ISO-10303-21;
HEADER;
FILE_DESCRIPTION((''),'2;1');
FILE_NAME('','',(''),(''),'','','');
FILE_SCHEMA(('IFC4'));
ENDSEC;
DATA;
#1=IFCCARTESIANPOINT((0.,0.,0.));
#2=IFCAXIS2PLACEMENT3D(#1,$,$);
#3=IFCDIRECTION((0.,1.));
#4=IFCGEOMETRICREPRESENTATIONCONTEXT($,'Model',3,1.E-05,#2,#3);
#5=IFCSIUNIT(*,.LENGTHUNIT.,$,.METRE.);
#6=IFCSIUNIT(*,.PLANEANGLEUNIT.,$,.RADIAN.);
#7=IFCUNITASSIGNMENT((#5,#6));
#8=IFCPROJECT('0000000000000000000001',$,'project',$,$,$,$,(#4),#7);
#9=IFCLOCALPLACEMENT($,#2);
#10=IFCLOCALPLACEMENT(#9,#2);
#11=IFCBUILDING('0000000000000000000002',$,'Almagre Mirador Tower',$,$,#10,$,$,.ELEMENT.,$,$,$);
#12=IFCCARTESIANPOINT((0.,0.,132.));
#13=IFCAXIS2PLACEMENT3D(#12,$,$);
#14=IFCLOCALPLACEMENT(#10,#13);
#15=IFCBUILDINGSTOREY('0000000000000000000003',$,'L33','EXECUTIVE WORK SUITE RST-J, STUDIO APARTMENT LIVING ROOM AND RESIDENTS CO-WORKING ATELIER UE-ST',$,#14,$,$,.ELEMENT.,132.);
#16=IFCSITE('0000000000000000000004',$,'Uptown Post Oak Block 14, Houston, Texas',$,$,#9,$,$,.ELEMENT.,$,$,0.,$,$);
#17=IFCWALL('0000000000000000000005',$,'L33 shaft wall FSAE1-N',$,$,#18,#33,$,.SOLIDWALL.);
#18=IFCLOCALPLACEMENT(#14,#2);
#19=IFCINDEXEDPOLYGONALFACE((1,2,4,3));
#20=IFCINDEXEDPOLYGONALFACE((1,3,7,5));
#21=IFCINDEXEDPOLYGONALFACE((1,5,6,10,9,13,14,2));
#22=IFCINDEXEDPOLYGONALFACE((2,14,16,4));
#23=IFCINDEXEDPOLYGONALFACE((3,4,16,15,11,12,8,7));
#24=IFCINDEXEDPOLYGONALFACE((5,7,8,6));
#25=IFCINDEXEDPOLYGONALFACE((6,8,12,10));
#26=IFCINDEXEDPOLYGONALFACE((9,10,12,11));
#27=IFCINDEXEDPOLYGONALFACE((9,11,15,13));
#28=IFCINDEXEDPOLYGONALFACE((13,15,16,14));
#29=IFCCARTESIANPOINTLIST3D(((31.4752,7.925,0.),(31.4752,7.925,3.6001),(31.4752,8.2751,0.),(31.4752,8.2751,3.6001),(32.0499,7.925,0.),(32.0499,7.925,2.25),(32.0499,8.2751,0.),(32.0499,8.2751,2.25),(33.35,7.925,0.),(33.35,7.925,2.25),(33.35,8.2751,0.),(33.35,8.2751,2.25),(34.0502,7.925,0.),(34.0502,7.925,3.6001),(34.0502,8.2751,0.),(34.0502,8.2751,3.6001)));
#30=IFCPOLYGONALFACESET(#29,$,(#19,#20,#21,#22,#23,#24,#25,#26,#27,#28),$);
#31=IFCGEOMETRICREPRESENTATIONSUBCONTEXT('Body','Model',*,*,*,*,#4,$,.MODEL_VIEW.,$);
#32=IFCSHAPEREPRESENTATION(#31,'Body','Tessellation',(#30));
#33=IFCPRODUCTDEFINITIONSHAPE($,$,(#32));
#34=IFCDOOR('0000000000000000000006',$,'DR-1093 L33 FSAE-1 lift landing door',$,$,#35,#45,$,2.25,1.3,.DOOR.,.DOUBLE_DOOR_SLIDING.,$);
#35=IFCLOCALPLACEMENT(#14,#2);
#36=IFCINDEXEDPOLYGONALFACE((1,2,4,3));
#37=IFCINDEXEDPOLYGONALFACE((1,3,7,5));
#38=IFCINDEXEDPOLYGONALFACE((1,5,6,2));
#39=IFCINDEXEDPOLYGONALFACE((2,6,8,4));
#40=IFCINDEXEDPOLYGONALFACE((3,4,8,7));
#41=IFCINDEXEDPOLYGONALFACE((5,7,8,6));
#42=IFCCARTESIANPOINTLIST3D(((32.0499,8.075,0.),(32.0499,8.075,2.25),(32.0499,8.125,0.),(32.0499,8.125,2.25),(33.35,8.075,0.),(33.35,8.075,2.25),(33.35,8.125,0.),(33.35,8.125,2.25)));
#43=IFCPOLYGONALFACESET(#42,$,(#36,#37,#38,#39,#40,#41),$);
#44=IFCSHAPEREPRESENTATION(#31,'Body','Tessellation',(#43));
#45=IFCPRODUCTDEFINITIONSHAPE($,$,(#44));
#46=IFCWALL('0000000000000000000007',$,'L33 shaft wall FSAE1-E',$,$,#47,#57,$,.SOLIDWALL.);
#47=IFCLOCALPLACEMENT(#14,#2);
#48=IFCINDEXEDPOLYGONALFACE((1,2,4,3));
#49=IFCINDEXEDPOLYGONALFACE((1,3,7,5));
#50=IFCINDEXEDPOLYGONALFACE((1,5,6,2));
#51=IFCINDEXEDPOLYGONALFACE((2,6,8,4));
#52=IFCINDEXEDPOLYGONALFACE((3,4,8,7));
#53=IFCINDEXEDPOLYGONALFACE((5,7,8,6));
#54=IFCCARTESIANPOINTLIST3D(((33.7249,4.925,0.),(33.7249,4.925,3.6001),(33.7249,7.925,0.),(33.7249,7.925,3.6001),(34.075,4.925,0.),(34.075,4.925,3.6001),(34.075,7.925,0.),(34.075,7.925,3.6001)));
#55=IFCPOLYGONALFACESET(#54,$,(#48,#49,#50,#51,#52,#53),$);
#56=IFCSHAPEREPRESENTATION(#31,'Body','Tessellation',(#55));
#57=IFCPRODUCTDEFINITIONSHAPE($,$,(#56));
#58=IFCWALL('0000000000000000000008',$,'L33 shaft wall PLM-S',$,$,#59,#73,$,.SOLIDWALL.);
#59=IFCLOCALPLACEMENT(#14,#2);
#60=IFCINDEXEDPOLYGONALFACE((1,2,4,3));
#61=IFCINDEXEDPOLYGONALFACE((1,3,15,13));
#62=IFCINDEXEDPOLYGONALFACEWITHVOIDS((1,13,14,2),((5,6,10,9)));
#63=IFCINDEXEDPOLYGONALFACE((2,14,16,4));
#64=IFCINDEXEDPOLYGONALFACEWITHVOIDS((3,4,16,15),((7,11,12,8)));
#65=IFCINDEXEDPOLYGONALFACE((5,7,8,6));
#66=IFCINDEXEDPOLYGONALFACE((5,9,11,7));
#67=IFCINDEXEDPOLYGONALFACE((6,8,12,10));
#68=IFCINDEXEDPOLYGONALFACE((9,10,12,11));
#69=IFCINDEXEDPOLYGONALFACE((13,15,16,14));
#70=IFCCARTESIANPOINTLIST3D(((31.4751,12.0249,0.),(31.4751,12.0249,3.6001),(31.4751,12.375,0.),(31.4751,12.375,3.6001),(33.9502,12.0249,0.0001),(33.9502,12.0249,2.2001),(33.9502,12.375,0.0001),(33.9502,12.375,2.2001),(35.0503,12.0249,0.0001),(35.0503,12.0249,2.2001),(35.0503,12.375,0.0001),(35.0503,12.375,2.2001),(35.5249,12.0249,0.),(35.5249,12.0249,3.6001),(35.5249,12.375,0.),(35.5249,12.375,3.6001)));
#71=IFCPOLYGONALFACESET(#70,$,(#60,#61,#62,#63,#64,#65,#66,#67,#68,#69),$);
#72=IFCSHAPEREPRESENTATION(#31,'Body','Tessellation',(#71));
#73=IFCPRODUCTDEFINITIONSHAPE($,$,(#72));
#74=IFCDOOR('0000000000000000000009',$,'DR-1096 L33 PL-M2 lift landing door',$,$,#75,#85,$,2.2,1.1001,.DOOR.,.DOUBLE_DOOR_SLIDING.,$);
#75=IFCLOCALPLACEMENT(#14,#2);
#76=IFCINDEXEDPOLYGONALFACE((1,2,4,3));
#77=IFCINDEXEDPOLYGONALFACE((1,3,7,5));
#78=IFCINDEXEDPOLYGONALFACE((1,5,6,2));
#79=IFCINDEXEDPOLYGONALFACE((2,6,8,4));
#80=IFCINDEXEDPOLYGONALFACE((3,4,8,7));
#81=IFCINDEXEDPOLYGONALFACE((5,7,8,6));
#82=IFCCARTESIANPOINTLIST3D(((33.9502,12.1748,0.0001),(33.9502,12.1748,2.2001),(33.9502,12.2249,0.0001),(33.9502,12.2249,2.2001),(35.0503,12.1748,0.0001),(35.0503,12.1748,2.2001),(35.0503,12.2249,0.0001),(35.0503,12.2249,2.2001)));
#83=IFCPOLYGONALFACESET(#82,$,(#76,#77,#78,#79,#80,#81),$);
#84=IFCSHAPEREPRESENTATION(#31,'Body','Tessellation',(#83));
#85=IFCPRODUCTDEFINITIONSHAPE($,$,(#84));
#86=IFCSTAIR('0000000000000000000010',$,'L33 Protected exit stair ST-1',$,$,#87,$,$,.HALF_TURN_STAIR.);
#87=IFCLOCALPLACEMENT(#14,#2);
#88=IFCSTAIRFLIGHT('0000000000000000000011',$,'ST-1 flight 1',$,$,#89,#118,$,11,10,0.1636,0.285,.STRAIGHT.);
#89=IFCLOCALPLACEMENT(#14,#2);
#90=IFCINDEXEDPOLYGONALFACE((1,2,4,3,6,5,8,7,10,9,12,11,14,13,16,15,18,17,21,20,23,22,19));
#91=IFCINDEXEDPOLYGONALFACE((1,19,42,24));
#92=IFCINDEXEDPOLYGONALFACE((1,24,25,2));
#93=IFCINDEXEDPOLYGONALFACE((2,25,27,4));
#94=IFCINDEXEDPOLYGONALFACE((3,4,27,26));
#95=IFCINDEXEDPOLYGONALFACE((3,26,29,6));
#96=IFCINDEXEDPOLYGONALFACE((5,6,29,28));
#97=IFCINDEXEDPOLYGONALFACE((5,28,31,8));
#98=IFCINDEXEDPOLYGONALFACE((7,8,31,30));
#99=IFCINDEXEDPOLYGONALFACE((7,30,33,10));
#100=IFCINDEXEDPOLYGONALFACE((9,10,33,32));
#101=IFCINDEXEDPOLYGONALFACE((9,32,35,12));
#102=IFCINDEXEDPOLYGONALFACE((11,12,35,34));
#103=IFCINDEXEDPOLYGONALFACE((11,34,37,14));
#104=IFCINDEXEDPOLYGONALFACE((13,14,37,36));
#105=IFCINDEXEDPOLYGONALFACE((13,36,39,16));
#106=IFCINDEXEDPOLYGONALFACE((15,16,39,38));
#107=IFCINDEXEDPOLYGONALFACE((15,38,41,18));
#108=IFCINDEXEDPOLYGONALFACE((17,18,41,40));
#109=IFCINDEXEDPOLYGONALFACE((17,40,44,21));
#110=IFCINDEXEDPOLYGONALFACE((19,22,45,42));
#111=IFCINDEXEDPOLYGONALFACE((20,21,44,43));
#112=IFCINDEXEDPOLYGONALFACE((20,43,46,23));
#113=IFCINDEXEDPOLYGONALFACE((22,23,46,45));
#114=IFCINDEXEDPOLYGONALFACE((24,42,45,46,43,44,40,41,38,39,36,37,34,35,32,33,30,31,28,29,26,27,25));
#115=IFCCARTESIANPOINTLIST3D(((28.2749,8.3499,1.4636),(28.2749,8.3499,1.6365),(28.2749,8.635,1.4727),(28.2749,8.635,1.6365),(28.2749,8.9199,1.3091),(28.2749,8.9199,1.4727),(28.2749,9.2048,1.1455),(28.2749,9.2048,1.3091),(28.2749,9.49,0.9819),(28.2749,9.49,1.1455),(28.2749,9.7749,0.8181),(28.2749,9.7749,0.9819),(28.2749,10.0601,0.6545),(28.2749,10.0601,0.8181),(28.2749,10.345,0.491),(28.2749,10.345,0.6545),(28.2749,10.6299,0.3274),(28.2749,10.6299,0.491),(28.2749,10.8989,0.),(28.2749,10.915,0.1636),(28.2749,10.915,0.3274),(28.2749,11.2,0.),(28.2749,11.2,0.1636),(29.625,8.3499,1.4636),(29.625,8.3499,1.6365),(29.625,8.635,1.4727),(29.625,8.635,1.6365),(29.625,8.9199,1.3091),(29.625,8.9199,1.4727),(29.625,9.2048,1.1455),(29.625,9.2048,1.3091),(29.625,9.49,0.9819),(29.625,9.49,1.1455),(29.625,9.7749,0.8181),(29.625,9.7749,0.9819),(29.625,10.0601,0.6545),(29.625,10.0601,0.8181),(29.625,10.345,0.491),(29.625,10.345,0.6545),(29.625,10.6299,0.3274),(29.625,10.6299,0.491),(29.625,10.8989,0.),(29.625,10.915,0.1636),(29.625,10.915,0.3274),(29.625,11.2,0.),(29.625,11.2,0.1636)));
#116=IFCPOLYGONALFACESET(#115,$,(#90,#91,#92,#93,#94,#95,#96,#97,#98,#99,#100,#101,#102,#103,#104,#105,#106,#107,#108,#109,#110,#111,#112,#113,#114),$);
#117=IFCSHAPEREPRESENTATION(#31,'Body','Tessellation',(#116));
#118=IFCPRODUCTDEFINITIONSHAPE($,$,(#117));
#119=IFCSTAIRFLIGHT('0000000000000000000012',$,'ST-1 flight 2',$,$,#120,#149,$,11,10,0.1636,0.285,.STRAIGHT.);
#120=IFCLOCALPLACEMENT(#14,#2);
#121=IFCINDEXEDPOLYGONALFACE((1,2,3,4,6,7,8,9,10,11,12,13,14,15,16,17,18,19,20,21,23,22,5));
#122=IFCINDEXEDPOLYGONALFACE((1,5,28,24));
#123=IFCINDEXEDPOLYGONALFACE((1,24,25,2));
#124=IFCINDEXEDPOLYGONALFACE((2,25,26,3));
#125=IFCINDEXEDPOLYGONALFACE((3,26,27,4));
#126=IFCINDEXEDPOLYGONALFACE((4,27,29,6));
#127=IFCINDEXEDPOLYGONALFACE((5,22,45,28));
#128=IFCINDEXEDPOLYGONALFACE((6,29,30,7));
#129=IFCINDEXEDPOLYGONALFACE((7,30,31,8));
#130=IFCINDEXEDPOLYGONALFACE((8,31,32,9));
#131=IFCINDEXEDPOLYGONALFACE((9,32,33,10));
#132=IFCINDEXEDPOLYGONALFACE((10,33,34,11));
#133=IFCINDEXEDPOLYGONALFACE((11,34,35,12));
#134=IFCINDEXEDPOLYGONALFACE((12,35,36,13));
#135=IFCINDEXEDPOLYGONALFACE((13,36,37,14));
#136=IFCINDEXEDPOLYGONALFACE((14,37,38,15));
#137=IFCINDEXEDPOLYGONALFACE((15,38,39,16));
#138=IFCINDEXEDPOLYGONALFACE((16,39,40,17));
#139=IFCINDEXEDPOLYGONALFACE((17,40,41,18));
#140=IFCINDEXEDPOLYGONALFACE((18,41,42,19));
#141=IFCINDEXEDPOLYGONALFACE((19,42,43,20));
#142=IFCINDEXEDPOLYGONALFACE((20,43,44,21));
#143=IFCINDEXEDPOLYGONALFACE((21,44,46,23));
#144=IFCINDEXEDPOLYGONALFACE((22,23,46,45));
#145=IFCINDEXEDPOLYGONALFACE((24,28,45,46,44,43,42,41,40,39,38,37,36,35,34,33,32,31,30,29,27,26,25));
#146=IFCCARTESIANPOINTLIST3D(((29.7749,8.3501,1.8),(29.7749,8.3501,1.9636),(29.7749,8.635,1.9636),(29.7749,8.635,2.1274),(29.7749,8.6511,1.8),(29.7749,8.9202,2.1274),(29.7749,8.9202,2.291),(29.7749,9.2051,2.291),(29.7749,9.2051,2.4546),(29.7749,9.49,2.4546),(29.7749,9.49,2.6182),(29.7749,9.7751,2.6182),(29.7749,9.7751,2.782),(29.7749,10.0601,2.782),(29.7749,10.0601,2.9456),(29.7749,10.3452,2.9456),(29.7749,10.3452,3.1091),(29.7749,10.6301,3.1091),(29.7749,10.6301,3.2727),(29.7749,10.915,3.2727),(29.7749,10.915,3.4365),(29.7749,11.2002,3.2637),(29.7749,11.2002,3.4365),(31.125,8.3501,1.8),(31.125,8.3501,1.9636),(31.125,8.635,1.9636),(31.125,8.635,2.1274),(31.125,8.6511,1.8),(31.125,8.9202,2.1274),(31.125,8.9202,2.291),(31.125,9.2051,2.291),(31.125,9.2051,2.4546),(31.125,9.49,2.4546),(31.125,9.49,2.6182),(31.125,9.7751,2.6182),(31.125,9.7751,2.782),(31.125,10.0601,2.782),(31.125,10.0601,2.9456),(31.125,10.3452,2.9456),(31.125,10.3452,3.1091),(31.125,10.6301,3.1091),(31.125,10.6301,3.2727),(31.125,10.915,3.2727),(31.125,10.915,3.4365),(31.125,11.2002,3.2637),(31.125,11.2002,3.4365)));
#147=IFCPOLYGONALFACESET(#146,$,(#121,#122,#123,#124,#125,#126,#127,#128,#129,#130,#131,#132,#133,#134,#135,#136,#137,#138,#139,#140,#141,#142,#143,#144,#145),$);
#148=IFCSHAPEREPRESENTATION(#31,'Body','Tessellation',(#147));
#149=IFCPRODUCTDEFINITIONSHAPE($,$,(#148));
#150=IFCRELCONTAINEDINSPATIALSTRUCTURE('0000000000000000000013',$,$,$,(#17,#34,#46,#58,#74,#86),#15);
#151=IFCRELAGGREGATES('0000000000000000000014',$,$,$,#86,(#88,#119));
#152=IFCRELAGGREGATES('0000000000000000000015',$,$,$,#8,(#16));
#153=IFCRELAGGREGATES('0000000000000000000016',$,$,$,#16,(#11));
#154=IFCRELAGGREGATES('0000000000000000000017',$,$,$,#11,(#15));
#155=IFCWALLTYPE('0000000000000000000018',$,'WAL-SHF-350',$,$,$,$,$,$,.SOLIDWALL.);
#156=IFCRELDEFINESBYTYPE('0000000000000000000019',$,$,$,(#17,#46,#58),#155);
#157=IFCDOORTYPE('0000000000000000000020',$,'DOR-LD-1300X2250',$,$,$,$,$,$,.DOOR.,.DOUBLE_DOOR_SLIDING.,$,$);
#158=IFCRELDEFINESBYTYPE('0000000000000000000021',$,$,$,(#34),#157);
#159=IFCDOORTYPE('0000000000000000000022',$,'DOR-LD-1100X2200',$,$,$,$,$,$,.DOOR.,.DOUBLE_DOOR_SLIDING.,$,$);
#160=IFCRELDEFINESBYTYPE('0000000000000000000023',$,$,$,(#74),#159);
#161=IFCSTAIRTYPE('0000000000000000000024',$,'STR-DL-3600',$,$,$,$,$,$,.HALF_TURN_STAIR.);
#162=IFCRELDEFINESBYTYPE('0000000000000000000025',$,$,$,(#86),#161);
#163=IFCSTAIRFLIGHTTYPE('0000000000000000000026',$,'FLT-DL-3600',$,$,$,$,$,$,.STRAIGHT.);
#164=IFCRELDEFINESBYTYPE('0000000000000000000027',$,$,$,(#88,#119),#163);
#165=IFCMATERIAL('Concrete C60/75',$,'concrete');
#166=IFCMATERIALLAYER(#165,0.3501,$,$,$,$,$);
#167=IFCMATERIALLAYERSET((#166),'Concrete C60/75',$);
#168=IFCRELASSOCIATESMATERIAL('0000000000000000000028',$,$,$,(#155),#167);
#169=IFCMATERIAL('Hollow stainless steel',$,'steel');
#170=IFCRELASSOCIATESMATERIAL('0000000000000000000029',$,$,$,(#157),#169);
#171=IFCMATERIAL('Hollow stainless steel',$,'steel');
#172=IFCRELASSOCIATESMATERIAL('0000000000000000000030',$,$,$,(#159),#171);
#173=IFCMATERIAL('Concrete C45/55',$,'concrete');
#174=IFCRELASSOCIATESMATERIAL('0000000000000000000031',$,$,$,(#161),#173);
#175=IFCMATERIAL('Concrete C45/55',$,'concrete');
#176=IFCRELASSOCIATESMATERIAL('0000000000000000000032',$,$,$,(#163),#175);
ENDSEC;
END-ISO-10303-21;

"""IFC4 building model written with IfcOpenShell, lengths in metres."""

from ifc_helpers import new_model, si_unit, direction, frame, frame_2d, origin, place, context, subcontext, project, spatial, polyline, rectangle, outline, extrude, material, layer, layer_set, type_object, element, fill, aggregate, save


model = new_model("IFC4")

# Units and contexts
model_context = context("Model", 3, precision=1e-05, world=origin(), true_north=direction((0.0, 1.0)))
body_context = subcontext(model_context, "Body", "Model", "MODEL_VIEW")
ifc_project = project(units=[si_unit("LENGTHUNIT", "METRE"), si_unit("PLANEANGLEUNIT", "RADIAN")], contexts=[model_context])

# Site, building, storey
site_placement = place(None, origin())
site = spatial("IfcSite", under=ifc_project, at=site_placement, Name="Uptown Post Oak Block 14, Houston, Texas", CompositionType="ELEMENT", RefElevation=0.0)
building_placement = place(site_placement, origin())
building = spatial("IfcBuilding", under=site, at=building_placement, Name="Almagre Mirador Tower", CompositionType="ELEMENT")
storey_placement = place(building_placement, frame((0.0, 0.0, 132.0)))
storey = spatial("IfcBuildingStorey", under=building, at=storey_placement, Name="L33", Description="EXECUTIVE WORK SUITE RST-J, STUDIO APARTMENT LIVING ROOM AND RESIDENTS CO-WORKING ATELIER UE-ST", CompositionType="ELEMENT", Elevation=132.0)

# Shared definitions
ifc_material_1 = material(Name="Concrete C60/75", Category="concrete")
ifc_layer_1 = layer(ifc_material_1, 0.3501)
ifc_layer_set_1 = layer_set([ifc_layer_1], Name="Concrete C60/75")
wall_type_1 = type_object("IfcWallType", Name="WAL-SHF-350", PredefinedType="SOLIDWALL", material=ifc_layer_set_1)

# Wall, opening, door
wall_1_placement = place(storey_placement, frame((31.4751, 8.1001, 0.0), z_axis=(0.0, 0.0, 1.0), x_axis=(1.0, 0.0, 0.0)))
wall_1 = element("IfcWall", 1, at=wall_1_placement, inside=storey, type_object=wall_type_1, Name="L33 shaft wall FSAE1-N", PredefinedType="SOLIDWALL", context=body_context, shape_type="SweptSolid", body=[
    extrude(rectangle(XDim=2.575, YDim=0.3501, at=frame_2d((1.2876, 0.0))), origin(), (0.0, 0.0, 1.0), 3.6001),
])
opening_1_placement = place(wall_1_placement, frame((0.575, 0.0, 0.0)))
opening_1 = element("IfcOpeningElement", 2, at=opening_1_placement, cuts=wall_1, PredefinedType="OPENING", context=body_context, shape_type="SweptSolid", body=[
    extrude(rectangle(XDim=1.3, YDim=2.25, at=frame_2d((0.6499, 1.125))), frame((0.0, 0.185, 0.0), z_axis=(0.0, -1.0, 0.0), x_axis=(1.0, 0.0, 0.0)), (0.0, 0.0, 1.0), 0.3701),
])
ifc_material_2 = material(Name="Hollow stainless steel", Category="steel")
door_type_1 = type_object("IfcDoorType", Name="DOR-LD-1300X2250", OperationType="DOUBLE_DOOR_SLIDING", PredefinedType="DOOR", material=ifc_material_2)
door_1_placement = place(opening_1_placement, origin())
door_1 = element("IfcDoor", 3, at=door_1_placement, inside=storey, type_object=door_type_1, Name="DR-1093 L33 FSAE-1 lift landing door", OperationType="DOUBLE_DOOR_SLIDING", OverallHeight=2.25, OverallWidth=1.3, PredefinedType="DOOR", context=body_context, shape_type="SweptSolid", body=[
    extrude(rectangle(XDim=1.3, YDim=2.25, at=frame_2d((0.6499, 1.125))), frame((0.0, 0.0249, 0.0), z_axis=(0.0, -1.0, 0.0), x_axis=(1.0, 0.0, 0.0)), (0.0, 0.0, 1.0), 0.05),
])
fill(opening_1, door_1)

# Wall
wall_2_placement = place(storey_placement, frame((33.8999, 4.925, 0.0), z_axis=(0.0, 0.0, 1.0), x_axis=(0.0, 1.0, 0.0)))
element("IfcWall", 4, at=wall_2_placement, inside=storey, type_object=wall_type_1, Name="L33 shaft wall FSAE1-E", PredefinedType="SOLIDWALL", context=body_context, shape_type="SweptSolid", body=[
    extrude(rectangle(XDim=3.0, YDim=0.3501, at=frame_2d((1.5, 0.0))), origin(), (0.0, 0.0, 1.0), 3.6001),
])

# Wall, opening, door
wall_3_placement = place(storey_placement, frame((31.4751, 12.2, 0.0), z_axis=(0.0, 0.0, 1.0), x_axis=(1.0, 0.0, 0.0)))
wall_3 = element("IfcWall", 5, at=wall_3_placement, inside=storey, type_object=wall_type_1, Name="L33 shaft wall PLM-S", PredefinedType="SOLIDWALL", context=body_context, shape_type="SweptSolid", body=[
    extrude(rectangle(XDim=4.0498, YDim=0.3501, at=frame_2d((2.0249, 0.0))), origin(), (0.0, 0.0, 1.0), 3.6001),
])
opening_2_placement = place(wall_3_placement, frame((2.4751, 0.0, 0.0)))
opening_2 = element("IfcOpeningElement", 6, at=opening_2_placement, cuts=wall_3, PredefinedType="OPENING", context=body_context, shape_type="SweptSolid", body=[
    extrude(rectangle(XDim=1.1001, YDim=2.2, at=frame_2d((0.55, 1.1001))), frame((0.0, 0.185, 0.0), z_axis=(0.0, -1.0, 0.0), x_axis=(1.0, 0.0, 0.0)), (0.0, 0.0, 1.0), 0.3701),
])
ifc_material_3 = material(Name="Hollow stainless steel", Category="steel")
door_type_2 = type_object("IfcDoorType", Name="DOR-LD-1100X2200", OperationType="DOUBLE_DOOR_SLIDING", PredefinedType="DOOR", material=ifc_material_3)
door_2_placement = place(opening_2_placement, origin())
door_2 = element("IfcDoor", 7, at=door_2_placement, inside=storey, type_object=door_type_2, Name="DR-1096 L33 PL-M2 lift landing door", OperationType="DOUBLE_DOOR_SLIDING", OverallHeight=2.2, OverallWidth=1.1001, PredefinedType="DOOR", context=body_context, shape_type="SweptSolid", body=[
    extrude(rectangle(XDim=1.1001, YDim=2.2, at=frame_2d((0.55, 1.1001))), frame((0.0, 0.0249, 0.0), z_axis=(0.0, -1.0, 0.0), x_axis=(1.0, 0.0, 0.0)), (0.0, 0.0, 1.0), 0.05),
])
fill(opening_2, door_2)

# Stair, stair flights
ifc_material_4 = material(Name="Concrete C45/55", Category="concrete")
stair_type = type_object("IfcStairType", Name="STR-DL-3600", PredefinedType="HALF_TURN_STAIR", material=ifc_material_4)
stair_placement = place(storey_placement, origin())
stair = element("IfcStair", 8, at=stair_placement, inside=storey, type_object=stair_type, Name="L33 Protected exit stair ST-1", PredefinedType="HALF_TURN_STAIR")
ifc_material_5 = material(Name="Concrete C45/55", Category="concrete")
stair_flight_type = type_object("IfcStairFlightType", Name="FLT-DL-3600", PredefinedType="STRAIGHT", material=ifc_material_5)
stair_flight_1_placement = place(storey_placement, frame((28.95, 11.2, 0.0), z_axis=(0.0, 0.0, 1.0), x_axis=(0.0, -1.0, 0.0)))
stair_flight_1 = element("IfcStairFlight", 9, at=stair_flight_1_placement, type_object=stair_flight_type, Name="ST-1 flight 1", NumberOfRisers=11, NumberOfTreads=10, PredefinedType="STRAIGHT", RiserHeight=0.1636, TreadLength=0.285, context=body_context, shape_type="SweptSolid", body=[
    extrude(outline(polyline([(0.0, 0.0), (0.0, 0.1636), (0.2849, 0.1636), (0.2849, 0.3274), (0.5701, 0.3274), (0.5701, 0.491), (0.855, 0.491), (0.855, 0.6545), (1.1399, 0.6545), (1.1399, 0.8181), (1.425, 0.8181), (1.425, 0.9819), (1.71, 0.9819), (1.71, 1.1455), (1.9951, 1.1455), (1.9951, 1.3091), (2.28, 1.3091), (2.28, 1.4727), (2.5649, 1.4727), (2.5649, 1.6365), (2.8501, 1.6365), (2.8501, 1.8), (2.8501, 1.4636), (0.301, 0.0), (0.0, 0.0)])), frame((0.0, 0.675, 0.0), z_axis=(0.0, -1.0, 0.0), x_axis=(1.0, 0.0, 0.0)), (0.0, 0.0, 1.0), 1.3501),
])
stair_flight_2_placement = place(storey_placement, frame((30.45, 8.3501, 1.8), z_axis=(0.0, 0.0, 1.0), x_axis=(0.0, 1.0, 0.0)))
stair_flight_2 = element("IfcStairFlight", 10, at=stair_flight_2_placement, type_object=stair_flight_type, Name="ST-1 flight 2", NumberOfRisers=11, NumberOfTreads=10, PredefinedType="STRAIGHT", RiserHeight=0.1636, TreadLength=0.285, context=body_context, shape_type="SweptSolid", body=[
    extrude(outline(polyline([(0.0, 0.0), (0.0, 0.1636), (0.2849, 0.1636), (0.2849, 0.3274), (0.5701, 0.3274), (0.5701, 0.491), (0.855, 0.491), (0.855, 0.6545), (1.1399, 0.6545), (1.1399, 0.8181), (1.425, 0.8181), (1.425, 0.9819), (1.71, 0.9819), (1.71, 1.1455), (1.9951, 1.1455), (1.9951, 1.3091), (2.28, 1.3091), (2.28, 1.4727), (2.5649, 1.4727), (2.5649, 1.6365), (2.8501, 1.6365), (2.8501, 1.8), (2.8501, 1.4636), (0.301, 0.0), (0.0, 0.0)])), frame((0.0, 0.675, 0.0), z_axis=(0.0, -1.0, 0.0), x_axis=(1.0, 0.0, 0.0)), (0.0, 0.0, 1.0), 1.3501),
])
aggregate(stair, [stair_flight_1, stair_flight_2])

save(model, "model.ifc")
